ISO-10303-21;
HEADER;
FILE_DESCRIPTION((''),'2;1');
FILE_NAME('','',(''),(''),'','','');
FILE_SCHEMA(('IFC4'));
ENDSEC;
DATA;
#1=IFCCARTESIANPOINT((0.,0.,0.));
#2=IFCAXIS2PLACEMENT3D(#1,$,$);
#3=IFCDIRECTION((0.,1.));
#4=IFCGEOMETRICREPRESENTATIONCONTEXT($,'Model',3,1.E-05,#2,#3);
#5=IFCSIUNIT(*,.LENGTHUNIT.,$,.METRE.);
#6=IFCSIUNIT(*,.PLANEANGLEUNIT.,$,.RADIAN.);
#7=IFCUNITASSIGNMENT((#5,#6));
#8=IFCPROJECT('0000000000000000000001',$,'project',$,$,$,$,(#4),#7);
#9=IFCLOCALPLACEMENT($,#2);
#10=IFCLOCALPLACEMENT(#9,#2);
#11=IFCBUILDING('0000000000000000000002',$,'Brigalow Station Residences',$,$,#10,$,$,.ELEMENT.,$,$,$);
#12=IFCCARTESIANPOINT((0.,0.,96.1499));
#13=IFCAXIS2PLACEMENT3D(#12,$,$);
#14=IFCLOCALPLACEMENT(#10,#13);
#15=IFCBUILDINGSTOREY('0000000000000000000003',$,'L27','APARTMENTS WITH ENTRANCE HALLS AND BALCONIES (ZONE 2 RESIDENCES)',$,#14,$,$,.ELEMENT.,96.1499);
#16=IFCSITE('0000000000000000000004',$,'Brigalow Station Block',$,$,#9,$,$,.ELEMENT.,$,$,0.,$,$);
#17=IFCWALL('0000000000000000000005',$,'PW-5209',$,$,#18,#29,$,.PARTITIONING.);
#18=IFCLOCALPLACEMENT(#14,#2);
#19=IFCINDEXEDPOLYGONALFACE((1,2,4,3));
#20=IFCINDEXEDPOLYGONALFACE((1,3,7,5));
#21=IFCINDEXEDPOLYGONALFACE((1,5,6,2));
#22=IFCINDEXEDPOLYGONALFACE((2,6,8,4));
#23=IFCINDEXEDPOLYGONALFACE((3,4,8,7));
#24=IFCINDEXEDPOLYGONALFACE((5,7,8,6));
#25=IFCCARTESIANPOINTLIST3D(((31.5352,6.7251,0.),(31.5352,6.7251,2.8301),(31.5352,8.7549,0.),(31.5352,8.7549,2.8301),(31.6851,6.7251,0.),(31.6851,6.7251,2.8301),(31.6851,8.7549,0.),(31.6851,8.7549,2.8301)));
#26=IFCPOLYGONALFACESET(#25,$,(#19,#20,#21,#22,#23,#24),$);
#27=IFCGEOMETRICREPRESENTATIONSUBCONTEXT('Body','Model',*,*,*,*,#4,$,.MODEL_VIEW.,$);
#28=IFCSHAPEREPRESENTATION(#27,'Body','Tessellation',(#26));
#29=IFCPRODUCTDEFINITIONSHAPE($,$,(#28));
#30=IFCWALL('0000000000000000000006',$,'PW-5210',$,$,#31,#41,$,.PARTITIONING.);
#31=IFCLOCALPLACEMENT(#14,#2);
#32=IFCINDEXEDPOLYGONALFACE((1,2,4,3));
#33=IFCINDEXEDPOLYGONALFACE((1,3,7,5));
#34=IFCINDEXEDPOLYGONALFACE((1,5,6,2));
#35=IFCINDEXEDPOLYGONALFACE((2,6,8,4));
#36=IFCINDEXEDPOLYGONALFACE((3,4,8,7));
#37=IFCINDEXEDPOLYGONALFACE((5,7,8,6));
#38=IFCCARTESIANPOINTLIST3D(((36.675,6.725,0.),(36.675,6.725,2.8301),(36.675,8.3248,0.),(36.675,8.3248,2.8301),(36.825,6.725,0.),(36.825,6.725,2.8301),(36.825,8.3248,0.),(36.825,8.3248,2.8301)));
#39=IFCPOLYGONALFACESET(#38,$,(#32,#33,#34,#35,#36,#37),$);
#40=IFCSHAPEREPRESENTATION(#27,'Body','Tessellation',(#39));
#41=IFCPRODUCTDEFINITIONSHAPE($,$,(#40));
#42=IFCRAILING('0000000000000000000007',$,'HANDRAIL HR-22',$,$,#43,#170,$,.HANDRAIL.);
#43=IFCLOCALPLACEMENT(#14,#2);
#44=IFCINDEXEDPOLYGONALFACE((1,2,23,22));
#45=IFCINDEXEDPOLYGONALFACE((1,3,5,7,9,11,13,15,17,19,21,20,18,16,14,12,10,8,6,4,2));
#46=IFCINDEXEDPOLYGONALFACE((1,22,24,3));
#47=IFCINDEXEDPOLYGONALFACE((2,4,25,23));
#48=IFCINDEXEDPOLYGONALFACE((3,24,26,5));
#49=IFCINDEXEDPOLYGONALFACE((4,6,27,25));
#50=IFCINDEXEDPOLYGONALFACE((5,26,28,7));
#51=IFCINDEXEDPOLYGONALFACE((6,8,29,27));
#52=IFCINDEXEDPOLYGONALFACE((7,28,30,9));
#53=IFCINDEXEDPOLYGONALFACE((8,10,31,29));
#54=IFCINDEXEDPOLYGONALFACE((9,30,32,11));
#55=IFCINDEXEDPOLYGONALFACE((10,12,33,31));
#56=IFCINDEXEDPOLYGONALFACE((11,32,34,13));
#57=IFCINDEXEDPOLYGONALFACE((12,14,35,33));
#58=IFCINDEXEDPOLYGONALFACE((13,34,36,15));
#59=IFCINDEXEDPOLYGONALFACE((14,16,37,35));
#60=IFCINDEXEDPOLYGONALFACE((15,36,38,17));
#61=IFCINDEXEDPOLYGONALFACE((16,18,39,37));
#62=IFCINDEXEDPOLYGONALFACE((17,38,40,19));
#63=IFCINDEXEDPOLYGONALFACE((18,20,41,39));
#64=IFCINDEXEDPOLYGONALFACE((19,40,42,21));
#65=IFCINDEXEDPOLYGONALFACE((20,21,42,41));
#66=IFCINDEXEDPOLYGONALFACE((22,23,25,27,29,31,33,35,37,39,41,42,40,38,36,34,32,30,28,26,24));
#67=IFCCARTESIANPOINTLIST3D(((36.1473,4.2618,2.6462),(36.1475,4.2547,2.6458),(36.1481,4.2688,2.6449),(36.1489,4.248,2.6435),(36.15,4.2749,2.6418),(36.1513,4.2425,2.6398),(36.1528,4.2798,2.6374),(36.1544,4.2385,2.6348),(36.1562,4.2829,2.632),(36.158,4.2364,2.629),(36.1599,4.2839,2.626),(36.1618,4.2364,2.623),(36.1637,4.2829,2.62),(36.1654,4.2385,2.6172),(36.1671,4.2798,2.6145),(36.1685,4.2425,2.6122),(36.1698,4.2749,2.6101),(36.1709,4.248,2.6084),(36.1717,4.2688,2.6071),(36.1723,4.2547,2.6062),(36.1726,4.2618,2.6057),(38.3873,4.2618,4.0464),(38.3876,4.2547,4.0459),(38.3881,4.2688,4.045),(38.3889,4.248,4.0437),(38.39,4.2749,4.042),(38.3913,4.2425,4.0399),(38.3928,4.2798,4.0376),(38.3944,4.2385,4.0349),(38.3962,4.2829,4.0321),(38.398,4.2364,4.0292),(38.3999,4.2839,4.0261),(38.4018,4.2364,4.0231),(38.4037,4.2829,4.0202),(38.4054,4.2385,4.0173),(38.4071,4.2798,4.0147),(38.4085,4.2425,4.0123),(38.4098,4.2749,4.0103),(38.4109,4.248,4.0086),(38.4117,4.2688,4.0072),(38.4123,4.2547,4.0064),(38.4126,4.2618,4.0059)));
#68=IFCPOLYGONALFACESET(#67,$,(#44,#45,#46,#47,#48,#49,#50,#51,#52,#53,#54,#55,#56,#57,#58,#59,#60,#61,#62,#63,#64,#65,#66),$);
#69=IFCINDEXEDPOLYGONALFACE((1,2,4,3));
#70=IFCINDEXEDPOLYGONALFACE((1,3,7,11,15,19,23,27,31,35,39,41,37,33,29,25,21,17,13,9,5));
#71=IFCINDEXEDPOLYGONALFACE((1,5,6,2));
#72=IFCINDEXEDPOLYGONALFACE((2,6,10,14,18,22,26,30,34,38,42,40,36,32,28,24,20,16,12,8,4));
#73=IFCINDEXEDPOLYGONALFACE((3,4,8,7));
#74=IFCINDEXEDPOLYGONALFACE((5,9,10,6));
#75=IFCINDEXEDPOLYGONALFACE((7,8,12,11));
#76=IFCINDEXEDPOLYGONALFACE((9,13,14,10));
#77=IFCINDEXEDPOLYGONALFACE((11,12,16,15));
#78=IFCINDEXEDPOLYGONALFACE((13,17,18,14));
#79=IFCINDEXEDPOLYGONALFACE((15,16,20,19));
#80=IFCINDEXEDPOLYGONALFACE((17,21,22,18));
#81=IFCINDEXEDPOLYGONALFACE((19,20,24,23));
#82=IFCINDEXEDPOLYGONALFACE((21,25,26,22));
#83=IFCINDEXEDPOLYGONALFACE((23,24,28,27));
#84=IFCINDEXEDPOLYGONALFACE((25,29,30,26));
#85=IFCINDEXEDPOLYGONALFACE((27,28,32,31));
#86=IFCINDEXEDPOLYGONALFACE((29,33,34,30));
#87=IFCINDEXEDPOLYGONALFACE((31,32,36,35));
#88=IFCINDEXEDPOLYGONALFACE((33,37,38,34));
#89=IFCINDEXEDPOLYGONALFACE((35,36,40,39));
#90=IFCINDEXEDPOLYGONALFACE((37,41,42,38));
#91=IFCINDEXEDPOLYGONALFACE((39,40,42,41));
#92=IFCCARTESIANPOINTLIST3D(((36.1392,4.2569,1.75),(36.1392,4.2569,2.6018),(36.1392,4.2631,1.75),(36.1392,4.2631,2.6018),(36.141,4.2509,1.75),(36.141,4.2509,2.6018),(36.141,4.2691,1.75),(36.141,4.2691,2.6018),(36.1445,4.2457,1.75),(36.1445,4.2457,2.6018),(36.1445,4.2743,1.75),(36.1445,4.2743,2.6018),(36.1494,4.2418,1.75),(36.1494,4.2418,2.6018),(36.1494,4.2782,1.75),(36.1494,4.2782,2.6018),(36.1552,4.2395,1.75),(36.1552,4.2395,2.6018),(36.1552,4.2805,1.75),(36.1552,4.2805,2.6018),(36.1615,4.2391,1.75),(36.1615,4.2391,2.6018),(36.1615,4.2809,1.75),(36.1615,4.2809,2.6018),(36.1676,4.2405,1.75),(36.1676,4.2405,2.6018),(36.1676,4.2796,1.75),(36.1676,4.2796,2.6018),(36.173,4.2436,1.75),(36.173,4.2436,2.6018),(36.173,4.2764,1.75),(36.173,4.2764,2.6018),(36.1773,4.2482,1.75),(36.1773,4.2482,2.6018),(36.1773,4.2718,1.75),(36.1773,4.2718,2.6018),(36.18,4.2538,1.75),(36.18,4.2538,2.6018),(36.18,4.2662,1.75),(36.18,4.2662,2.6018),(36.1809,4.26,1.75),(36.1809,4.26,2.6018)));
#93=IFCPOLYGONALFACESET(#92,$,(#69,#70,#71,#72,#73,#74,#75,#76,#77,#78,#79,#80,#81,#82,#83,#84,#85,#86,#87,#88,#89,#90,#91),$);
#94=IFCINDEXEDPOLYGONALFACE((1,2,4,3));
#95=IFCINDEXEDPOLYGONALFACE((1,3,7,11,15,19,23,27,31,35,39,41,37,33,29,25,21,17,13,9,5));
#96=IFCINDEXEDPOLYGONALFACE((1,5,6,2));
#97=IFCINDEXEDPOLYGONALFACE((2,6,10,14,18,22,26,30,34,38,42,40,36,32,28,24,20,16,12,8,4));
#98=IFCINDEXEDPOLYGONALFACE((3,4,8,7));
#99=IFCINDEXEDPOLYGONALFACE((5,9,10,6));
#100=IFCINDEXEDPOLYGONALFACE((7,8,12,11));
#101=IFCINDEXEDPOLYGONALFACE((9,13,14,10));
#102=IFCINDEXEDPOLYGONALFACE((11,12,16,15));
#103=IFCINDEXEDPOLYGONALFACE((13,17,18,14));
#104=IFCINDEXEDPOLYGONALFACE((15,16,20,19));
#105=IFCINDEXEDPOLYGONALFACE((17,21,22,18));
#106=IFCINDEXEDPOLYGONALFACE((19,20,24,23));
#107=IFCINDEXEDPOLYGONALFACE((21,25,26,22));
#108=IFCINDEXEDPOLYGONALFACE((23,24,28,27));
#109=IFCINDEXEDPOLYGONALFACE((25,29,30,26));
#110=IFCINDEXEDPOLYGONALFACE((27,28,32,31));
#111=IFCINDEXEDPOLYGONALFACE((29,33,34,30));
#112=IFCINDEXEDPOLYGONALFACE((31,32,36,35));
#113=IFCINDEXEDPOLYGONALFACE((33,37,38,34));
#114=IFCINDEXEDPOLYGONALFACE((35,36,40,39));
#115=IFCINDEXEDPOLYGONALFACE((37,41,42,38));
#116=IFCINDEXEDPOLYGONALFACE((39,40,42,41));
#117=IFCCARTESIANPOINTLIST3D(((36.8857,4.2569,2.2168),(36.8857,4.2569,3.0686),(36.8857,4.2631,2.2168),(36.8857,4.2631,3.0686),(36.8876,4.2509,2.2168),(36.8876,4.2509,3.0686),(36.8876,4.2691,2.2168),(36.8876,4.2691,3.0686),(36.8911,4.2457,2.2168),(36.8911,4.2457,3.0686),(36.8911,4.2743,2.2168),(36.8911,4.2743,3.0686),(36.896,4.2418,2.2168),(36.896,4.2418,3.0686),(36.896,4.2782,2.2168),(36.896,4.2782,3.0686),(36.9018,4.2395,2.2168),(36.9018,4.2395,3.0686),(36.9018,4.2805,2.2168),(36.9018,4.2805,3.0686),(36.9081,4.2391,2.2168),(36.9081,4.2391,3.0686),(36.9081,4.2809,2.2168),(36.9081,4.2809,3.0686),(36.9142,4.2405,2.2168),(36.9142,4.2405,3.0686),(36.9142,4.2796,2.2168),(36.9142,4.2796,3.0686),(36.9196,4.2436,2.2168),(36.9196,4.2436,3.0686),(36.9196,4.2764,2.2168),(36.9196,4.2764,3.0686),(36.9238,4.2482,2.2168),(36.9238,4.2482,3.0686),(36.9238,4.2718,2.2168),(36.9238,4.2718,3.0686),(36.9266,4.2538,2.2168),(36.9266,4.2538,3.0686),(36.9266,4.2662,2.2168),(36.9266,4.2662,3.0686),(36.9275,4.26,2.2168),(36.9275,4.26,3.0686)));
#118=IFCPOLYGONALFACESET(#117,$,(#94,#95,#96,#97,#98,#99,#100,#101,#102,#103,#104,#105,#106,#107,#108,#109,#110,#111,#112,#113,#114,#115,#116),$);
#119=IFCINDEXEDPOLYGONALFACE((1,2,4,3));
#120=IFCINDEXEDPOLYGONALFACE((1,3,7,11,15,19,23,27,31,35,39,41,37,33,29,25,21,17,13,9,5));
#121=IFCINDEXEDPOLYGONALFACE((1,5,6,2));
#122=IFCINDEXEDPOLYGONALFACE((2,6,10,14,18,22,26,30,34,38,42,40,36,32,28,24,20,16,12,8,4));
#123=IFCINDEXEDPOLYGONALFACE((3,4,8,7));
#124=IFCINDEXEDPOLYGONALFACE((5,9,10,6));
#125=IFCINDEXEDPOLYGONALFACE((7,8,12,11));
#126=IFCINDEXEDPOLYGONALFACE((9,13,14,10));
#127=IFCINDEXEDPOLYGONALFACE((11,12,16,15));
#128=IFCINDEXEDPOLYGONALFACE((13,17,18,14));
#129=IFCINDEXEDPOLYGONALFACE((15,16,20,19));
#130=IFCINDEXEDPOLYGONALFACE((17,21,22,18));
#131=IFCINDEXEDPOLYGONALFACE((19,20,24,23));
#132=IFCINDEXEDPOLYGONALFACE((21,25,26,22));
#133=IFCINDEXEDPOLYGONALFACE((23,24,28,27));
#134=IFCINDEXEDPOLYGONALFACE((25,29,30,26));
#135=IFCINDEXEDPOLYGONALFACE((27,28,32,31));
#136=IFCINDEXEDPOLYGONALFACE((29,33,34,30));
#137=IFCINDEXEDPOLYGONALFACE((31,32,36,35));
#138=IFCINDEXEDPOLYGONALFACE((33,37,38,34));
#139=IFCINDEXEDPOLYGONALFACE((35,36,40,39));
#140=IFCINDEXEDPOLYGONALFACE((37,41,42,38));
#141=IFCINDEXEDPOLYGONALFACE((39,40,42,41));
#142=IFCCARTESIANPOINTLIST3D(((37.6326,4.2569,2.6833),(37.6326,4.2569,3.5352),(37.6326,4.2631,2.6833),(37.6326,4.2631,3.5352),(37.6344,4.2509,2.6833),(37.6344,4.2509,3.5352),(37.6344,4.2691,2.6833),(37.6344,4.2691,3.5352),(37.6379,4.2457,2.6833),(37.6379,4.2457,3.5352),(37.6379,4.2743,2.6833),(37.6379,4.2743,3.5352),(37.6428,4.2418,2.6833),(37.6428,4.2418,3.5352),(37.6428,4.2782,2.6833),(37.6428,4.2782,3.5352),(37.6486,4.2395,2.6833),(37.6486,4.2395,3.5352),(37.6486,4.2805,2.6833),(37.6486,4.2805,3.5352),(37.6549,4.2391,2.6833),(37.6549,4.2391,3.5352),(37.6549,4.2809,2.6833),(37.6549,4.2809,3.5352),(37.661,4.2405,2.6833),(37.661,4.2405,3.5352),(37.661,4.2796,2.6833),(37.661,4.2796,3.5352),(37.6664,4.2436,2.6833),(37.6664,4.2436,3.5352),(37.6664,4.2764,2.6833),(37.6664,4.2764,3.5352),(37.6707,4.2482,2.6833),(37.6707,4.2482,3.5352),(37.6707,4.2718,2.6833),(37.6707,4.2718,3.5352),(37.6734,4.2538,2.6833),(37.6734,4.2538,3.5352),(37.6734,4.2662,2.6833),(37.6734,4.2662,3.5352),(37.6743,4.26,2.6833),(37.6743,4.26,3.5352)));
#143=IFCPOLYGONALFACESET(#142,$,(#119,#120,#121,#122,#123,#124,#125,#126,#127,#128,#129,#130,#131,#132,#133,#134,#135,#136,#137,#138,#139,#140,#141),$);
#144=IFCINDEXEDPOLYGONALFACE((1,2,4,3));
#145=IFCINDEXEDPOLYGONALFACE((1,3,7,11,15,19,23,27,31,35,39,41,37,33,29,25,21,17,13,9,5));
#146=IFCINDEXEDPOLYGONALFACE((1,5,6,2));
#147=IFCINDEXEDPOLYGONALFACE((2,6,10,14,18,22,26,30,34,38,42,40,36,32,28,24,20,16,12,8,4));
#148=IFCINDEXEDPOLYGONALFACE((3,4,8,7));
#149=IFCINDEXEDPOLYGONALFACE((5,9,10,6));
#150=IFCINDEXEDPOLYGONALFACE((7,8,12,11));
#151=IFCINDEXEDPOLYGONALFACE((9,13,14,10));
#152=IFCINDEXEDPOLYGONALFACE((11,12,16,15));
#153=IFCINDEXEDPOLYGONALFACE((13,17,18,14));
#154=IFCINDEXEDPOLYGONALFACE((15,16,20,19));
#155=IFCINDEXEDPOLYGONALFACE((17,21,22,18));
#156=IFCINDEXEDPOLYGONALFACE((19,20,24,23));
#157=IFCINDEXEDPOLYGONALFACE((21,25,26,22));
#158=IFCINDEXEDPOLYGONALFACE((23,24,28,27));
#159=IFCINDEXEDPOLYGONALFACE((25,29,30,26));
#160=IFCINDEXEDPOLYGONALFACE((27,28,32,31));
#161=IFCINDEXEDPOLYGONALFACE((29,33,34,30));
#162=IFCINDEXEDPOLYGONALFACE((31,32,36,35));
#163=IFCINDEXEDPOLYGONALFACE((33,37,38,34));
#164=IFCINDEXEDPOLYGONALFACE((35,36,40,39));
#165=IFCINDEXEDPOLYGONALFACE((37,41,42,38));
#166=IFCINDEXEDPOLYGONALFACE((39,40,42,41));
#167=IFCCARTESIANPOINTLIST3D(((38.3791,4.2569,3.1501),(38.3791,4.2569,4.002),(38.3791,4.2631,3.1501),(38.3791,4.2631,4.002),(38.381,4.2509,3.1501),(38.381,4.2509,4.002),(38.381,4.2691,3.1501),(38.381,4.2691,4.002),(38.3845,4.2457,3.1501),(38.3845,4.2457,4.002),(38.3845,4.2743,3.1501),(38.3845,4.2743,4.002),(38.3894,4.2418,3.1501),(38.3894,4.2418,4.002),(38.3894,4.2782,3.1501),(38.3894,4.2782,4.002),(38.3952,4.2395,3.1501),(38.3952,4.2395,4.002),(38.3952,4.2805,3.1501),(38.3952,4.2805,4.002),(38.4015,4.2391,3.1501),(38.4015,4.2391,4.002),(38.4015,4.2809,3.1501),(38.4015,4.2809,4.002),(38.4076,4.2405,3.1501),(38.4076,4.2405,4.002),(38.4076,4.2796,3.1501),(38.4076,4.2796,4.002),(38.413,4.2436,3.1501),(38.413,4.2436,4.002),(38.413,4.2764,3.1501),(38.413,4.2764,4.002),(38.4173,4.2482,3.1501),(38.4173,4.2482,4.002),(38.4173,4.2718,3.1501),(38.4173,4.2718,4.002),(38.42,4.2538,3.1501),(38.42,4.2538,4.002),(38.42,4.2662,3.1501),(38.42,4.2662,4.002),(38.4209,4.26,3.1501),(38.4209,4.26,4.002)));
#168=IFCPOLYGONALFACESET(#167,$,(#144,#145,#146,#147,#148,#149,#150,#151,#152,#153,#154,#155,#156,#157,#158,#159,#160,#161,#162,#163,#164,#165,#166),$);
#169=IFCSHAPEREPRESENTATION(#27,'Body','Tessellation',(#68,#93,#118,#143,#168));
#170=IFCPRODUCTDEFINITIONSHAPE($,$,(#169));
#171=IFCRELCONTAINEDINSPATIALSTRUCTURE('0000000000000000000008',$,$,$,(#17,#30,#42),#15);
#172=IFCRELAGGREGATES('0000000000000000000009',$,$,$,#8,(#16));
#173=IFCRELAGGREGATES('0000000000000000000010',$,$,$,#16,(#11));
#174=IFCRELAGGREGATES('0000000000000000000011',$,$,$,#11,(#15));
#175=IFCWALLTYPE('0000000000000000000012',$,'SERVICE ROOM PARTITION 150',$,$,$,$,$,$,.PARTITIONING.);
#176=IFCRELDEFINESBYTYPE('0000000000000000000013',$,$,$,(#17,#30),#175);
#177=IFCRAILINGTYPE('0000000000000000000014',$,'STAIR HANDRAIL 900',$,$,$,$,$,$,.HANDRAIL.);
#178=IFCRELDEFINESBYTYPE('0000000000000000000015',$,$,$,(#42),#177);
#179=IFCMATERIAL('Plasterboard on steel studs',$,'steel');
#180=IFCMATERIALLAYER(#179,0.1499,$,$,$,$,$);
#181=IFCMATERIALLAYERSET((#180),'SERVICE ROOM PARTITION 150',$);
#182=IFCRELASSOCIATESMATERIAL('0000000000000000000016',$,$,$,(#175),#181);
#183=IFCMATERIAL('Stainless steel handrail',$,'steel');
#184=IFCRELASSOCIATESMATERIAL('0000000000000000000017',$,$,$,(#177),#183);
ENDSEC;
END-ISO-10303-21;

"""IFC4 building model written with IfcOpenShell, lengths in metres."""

from ifc_helpers import new_model, si_unit, direction, frame, frame_2d, origin, origin_2d, place, context, subcontext, project, spatial, rectangle, circle, extrude, material, layer, layer_set, type_object, element, save


model = new_model("IFC4")

# Units and contexts
model_context = context("Model", 3, precision=1e-05, world=origin(), true_north=direction((0.0, 1.0)))
body_context = subcontext(model_context, "Body", "Model", "MODEL_VIEW")
ifc_project = project(units=[si_unit("LENGTHUNIT", "METRE"), si_unit("PLANEANGLEUNIT", "RADIAN")], contexts=[model_context])

# Site, building, storey
site_placement = place(None, origin())
site = spatial("IfcSite", under=ifc_project, at=site_placement, Name="Brigalow Station Block", CompositionType="ELEMENT", RefElevation=0.0)
building_placement = place(site_placement, origin())
building = spatial("IfcBuilding", under=site, at=building_placement, Name="Brigalow Station Residences", CompositionType="ELEMENT")
storey_placement = place(building_placement, frame((0.0, 0.0, 96.1499)))
storey = spatial("IfcBuildingStorey", under=building, at=storey_placement, Name="L27", Description="APARTMENTS WITH ENTRANCE HALLS AND BALCONIES (ZONE 2 RESIDENCES)", CompositionType="ELEMENT", Elevation=96.1499)

# Walls
ifc_material_1 = material(Name="Plasterboard on steel studs", Category="steel")
ifc_layer_1 = layer(ifc_material_1, 0.1499)
ifc_layer_set_1 = layer_set([ifc_layer_1], Name="SERVICE ROOM PARTITION 150")
wall_type_1 = type_object("IfcWallType", Name="SERVICE ROOM PARTITION 150", PredefinedType="PARTITIONING", material=ifc_layer_set_1)
for number, where, z_axis, x_axis, name in (
    (1, (31.6101, 6.7251, 0.0), (0.0, 0.0, 1.0), (0.0, 1.0, 0.0), "PW-5209"),
):
    element("IfcWall", number, at=place(storey_placement, frame(where, z_axis=z_axis, x_axis=x_axis)), inside=storey, type_object=wall_type_1, Name=name, PredefinedType="PARTITIONING", context=body_context, shape_type="SweptSolid", body=[
        extrude(rectangle(XDim=2.0298, YDim=0.1499, at=frame_2d((1.0149, 0.0))), origin(), (0.0, 0.0, 1.0), 2.8301),
    ])
wall_1_placement = place(storey_placement, frame((36.75, 6.7251, 0.0), z_axis=(0.0, 0.0, 1.0), x_axis=(0.0, 1.0, 0.0)))
element("IfcWall", 2, at=wall_1_placement, inside=storey, type_object=wall_type_1, Name="PW-5210", PredefinedType="PARTITIONING", context=body_context, shape_type="SweptSolid", body=[
    extrude(rectangle(XDim=1.5999, YDim=0.1499, at=frame_2d((0.7998, 0.0))), origin(), (0.0, 0.0, 1.0), 2.8301),
])

# Railing
ifc_material_2 = material(Name="Stainless steel handrail", Category="steel")
railing_type = type_object("IfcRailingType", Name="STAIR HANDRAIL 900", PredefinedType="HANDRAIL", material=ifc_material_2)
railing_placement = place(storey_placement, frame((36.1599, 4.26, 1.75)))
element("IfcRailing", 3, at=railing_placement, inside=storey, type_object=railing_type, Name="HANDRAIL HR-22", PredefinedType="HANDRAIL", context=body_context, shape_type="SweptSolid", body=[
    extrude(circle(Radius=0.0239, at=origin_2d()), frame((0.0, 0.0, 0.876), z_axis=(0.847972, 0.0, 0.53004), x_axis=(0.0, 1.0, 0.0)), (0.0, 0.0, 1.0), 2.6416),
    extrude(circle(Radius=0.021, at=origin_2d()), origin(), (0.0, 0.0, 1.0), 0.8518),
    extrude(circle(Radius=0.021, at=origin_2d()), frame((0.7466, 0.0, 0.4668)), (0.0, 0.0, 1.0), 0.8518),
    extrude(circle(Radius=0.021, at=origin_2d()), frame((1.4934, 0.0, 0.9333)), (0.0, 0.0, 1.0), 0.8518),
    extrude(circle(Radius=0.021, at=origin_2d()), frame((2.24, 0.0, 1.4001)), (0.0, 0.0, 1.0), 0.8518),
])

save(model, "model.ifc")
